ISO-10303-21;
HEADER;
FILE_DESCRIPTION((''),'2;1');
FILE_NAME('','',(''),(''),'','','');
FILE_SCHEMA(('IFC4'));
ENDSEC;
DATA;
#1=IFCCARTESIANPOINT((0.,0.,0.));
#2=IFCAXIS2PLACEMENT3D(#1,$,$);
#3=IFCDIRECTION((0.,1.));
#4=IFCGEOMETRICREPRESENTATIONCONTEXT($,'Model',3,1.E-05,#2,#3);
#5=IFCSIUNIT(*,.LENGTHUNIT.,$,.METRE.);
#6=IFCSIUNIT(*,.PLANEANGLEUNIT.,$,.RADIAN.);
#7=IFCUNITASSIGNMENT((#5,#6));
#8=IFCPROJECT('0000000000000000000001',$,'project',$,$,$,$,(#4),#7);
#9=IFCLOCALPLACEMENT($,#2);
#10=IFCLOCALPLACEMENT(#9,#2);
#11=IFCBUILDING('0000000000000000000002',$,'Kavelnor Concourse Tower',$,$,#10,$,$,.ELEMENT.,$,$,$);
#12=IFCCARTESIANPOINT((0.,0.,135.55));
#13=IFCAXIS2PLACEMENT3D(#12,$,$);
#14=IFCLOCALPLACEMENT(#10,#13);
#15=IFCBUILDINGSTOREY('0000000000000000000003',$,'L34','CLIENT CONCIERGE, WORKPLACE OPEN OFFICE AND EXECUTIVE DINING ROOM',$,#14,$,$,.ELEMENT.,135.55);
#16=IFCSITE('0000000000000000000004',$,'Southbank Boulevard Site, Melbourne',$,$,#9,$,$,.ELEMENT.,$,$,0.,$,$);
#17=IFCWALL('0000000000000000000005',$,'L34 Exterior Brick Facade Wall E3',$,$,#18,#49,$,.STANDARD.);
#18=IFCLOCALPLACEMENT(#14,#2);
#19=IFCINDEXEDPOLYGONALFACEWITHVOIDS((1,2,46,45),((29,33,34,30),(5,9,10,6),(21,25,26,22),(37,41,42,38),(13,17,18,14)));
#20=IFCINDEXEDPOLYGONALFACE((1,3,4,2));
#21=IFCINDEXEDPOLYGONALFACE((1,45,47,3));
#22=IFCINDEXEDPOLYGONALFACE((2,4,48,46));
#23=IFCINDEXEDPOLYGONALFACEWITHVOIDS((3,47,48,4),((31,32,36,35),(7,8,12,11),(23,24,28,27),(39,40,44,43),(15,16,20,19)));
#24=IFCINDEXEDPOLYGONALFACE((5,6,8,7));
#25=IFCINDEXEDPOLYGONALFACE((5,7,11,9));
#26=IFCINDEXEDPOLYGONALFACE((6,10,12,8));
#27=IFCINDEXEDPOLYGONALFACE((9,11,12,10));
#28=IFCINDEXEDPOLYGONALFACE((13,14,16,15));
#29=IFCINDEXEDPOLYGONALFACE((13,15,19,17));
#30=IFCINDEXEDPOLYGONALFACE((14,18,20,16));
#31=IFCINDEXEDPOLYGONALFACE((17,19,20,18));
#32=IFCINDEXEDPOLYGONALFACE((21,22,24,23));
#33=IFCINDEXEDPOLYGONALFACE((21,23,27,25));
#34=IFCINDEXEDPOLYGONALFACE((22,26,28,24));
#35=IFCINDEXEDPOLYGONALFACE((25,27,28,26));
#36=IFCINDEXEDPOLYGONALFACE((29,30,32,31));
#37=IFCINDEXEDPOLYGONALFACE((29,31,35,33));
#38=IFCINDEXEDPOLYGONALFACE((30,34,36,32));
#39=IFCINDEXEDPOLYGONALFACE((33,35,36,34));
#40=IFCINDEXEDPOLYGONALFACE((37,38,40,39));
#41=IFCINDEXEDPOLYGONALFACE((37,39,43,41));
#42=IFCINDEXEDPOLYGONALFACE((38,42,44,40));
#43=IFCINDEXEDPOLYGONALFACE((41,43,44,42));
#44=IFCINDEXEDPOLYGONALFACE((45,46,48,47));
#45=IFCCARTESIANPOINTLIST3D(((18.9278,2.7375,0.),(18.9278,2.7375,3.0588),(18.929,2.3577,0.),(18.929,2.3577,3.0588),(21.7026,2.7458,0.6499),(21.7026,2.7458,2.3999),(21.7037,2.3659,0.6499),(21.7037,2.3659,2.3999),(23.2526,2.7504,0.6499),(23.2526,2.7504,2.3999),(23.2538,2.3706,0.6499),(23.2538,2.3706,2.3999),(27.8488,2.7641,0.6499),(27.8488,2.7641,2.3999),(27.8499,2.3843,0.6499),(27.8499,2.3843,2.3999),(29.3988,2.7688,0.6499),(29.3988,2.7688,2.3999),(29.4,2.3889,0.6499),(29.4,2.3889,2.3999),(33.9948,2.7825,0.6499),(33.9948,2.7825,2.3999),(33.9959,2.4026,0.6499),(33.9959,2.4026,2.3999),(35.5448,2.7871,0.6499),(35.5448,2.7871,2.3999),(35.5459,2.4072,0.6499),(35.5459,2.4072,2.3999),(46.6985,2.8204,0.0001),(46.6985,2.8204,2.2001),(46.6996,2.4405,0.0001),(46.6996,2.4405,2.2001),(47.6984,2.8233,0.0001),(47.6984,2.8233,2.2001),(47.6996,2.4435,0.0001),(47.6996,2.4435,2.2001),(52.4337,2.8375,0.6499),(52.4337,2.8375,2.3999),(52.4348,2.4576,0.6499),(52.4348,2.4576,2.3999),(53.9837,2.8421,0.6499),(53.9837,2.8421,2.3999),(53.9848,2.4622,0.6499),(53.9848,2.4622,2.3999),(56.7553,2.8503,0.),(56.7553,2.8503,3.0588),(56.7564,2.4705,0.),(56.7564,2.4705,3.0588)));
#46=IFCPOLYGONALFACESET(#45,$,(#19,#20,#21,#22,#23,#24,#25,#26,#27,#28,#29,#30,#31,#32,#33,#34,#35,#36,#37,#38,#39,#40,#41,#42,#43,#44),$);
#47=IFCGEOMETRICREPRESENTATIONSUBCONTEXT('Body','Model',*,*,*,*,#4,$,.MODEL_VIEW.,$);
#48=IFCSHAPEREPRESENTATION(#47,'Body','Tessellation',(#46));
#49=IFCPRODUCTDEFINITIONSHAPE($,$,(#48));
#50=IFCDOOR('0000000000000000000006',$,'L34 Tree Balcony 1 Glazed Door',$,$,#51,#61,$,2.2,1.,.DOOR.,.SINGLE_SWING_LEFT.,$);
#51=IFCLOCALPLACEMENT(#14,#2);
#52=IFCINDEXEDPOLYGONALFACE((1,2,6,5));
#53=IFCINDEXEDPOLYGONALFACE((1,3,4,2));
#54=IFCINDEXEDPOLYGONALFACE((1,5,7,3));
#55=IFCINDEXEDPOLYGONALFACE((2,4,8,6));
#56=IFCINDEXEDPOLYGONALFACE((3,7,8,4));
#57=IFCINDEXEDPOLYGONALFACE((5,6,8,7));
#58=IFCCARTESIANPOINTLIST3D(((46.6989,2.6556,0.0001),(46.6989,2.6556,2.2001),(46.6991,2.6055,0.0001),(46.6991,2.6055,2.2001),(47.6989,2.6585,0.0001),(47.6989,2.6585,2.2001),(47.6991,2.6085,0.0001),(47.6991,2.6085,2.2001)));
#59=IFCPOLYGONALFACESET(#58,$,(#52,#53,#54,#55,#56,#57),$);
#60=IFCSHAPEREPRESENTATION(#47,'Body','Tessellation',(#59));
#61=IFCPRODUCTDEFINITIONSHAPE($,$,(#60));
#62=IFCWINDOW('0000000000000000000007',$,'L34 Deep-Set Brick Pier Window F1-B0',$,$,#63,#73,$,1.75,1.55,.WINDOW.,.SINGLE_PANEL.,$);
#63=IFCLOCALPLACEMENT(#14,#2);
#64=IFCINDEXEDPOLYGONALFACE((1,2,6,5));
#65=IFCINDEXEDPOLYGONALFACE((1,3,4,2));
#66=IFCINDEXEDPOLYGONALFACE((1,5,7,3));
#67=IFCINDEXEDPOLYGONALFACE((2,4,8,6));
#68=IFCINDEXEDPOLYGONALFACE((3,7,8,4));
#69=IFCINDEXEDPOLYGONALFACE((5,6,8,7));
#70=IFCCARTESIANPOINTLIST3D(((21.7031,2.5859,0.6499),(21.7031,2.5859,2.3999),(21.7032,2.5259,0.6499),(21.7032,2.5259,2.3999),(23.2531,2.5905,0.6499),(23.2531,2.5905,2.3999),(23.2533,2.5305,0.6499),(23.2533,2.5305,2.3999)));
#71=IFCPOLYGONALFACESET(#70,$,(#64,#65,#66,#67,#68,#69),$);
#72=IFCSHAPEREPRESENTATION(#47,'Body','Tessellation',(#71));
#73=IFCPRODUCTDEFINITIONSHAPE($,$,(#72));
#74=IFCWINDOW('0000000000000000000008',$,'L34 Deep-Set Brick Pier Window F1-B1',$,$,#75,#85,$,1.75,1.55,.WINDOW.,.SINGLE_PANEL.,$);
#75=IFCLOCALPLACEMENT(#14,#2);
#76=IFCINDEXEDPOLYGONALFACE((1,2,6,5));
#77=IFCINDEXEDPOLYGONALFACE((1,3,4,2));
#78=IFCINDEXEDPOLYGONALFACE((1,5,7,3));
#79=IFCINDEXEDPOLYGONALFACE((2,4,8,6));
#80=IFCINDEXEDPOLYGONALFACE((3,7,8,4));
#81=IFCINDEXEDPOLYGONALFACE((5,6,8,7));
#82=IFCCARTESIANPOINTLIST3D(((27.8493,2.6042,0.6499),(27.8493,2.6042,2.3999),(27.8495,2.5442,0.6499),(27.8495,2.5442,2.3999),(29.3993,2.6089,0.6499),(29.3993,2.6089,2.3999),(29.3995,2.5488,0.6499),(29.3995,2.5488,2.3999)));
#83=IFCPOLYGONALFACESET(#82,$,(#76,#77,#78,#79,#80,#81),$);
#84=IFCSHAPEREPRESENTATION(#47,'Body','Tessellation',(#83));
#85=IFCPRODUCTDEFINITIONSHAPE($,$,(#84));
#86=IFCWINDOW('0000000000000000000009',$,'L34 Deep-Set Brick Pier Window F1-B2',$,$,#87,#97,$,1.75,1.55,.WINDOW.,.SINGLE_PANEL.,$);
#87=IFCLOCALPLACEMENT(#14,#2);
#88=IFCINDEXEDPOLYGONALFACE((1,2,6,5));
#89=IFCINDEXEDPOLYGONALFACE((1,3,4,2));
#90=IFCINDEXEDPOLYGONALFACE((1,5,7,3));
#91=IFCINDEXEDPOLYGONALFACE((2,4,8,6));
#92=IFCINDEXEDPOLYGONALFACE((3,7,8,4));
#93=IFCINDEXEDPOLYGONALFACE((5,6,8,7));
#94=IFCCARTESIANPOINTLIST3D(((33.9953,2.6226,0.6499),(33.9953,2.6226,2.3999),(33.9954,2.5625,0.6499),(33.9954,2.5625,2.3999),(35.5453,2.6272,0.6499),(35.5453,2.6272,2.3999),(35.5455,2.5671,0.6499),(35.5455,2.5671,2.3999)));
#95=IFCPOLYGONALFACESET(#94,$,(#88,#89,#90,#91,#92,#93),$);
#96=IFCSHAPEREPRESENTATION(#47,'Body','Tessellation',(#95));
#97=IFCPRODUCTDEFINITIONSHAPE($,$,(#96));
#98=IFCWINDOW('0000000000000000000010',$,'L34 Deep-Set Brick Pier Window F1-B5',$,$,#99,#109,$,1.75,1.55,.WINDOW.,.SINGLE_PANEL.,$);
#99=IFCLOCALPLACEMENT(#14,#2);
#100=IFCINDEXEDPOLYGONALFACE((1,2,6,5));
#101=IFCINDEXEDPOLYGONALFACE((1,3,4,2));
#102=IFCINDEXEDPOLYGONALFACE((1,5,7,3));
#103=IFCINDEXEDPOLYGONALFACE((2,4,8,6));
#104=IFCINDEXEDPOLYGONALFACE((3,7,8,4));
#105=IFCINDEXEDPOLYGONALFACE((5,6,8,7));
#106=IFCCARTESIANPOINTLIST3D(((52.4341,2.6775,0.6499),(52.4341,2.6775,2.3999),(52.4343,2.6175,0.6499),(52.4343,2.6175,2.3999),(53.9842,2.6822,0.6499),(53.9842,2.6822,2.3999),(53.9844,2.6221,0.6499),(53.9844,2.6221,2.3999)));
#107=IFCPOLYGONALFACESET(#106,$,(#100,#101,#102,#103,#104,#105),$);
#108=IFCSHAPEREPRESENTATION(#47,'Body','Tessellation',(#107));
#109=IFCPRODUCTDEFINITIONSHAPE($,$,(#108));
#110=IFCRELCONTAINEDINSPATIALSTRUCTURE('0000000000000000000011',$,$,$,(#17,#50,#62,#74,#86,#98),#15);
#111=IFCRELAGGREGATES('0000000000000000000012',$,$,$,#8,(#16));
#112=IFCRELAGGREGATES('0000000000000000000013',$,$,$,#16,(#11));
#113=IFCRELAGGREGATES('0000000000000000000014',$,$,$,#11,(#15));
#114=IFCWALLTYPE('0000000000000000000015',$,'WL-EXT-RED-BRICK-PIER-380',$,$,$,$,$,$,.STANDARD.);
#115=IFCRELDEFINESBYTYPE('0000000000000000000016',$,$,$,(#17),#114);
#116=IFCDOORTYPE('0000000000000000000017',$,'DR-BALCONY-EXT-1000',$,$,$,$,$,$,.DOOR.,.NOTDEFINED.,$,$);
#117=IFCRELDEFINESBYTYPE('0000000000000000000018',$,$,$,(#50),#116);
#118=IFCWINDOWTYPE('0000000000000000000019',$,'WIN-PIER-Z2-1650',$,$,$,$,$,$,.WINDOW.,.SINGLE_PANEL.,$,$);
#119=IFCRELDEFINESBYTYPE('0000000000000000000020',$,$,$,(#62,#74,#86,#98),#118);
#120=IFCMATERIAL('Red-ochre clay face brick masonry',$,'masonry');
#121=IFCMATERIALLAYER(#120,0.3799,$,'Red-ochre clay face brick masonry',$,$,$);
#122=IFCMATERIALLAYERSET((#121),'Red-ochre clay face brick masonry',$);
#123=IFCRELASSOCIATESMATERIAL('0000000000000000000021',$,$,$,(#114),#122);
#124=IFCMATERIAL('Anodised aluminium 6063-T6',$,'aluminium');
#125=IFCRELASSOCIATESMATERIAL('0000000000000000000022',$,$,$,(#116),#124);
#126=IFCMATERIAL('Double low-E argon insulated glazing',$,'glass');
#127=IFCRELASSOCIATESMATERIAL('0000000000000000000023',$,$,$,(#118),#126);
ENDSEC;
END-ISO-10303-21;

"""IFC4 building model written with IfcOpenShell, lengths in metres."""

from ifc_helpers import new_model, si_unit, direction, frame, frame_2d, origin, place, context, subcontext, project, spatial, rectangle, extrude, material, layer, layer_set, type_object, element, fill, save


model = new_model("IFC4")

# Units and contexts
model_context = context("Model", 3, precision=1e-05, world=origin(), true_north=direction((0.0, 1.0)))
body_context = subcontext(model_context, "Body", "Model", "MODEL_VIEW")
ifc_project = project(units=[si_unit("LENGTHUNIT", "METRE"), si_unit("PLANEANGLEUNIT", "RADIAN")], contexts=[model_context])

# Site, building, storey
site_placement = place(None, origin())
site = spatial("IfcSite", under=ifc_project, at=site_placement, Name="Southbank Boulevard Site, Melbourne", CompositionType="ELEMENT", RefElevation=0.0)
building_placement = place(site_placement, origin())
building = spatial("IfcBuilding", under=site, at=building_placement, Name="Kavelnor Concourse Tower", CompositionType="ELEMENT")
storey_placement = place(building_placement, frame((0.0, 0.0, 135.55)))
storey = spatial("IfcBuildingStorey", under=building, at=storey_placement, Name="L34", Description="CLIENT CONCIERGE, WORKPLACE OPEN OFFICE AND EXECUTIVE DINING ROOM", CompositionType="ELEMENT", Elevation=135.55)

# Shared definitions
ifc_material_1 = material(Name="Double low-E argon insulated glazing", Category="glass")

# Wall, openings, door, windows
ifc_material_2 = material(Name="Red-ochre clay face brick masonry", Category="masonry")
ifc_layer_1 = layer(ifc_material_2, 0.3799, Name="Red-ochre clay face brick masonry")
ifc_layer_set_1 = layer_set([ifc_layer_1], Name="Red-ochre clay face brick masonry")
wall_type_1 = type_object("IfcWallType", Name="WL-EXT-RED-BRICK-PIER-380", PredefinedType="STANDARD", material=ifc_layer_set_1)
wall_1_placement = place(storey_placement, frame((56.7559, 2.6604, 0.0), z_axis=(0.0, 0.0, 1.0), x_axis=(-0.999996, -0.002982, 0.0)))
wall_1 = element("IfcWall", 1, at=wall_1_placement, inside=storey, type_object=wall_type_1, Name="L34 Exterior Brick Facade Wall E3", PredefinedType="STANDARD", context=body_context, shape_type="SweptSolid", body=[
    extrude(rectangle(XDim=37.8276, YDim=0.3799, at=frame_2d((18.9138, 0.0))), origin(), (0.0, 0.0, 1.0), 3.0588),
])
opening_1_placement = place(wall_1_placement, frame((9.0569, 0.0, 0.0)))
opening_1 = element("IfcOpeningElement", 2, at=opening_1_placement, cuts=wall_1, PredefinedType="OPENING", context=body_context, shape_type="SweptSolid", body=[
    extrude(rectangle(XDim=1.0, YDim=2.2, at=frame_2d((0.5, 1.1001))), frame((0.0, 0.2, 0.0), z_axis=(0.0, -1.0, 0.0), x_axis=(1.0, 0.0, 0.0)), (0.0, 0.0, 1.0), 0.3999),
])
opening_2_placement = place(wall_1_placement, frame((33.5029, 0.0, 0.6499)))
opening_2 = element("IfcOpeningElement", 3, at=opening_2_placement, cuts=wall_1, PredefinedType="OPENING", context=body_context, shape_type="SweptSolid", body=[
    extrude(rectangle(XDim=1.55, YDim=1.75, at=frame_2d((0.7749, 0.875))), frame((0.0, 0.2, 0.0), z_axis=(0.0, -1.0, 0.0), x_axis=(1.0, 0.0, 0.0)), (0.0, 0.0, 1.0), 0.3999),
])
opening_3_placement = place(wall_1_placement, frame((27.3567, 0.0, 0.6499)))
opening_3 = element("IfcOpeningElement", 4, at=opening_3_placement, cuts=wall_1, PredefinedType="OPENING", context=body_context, shape_type="SweptSolid", body=[
    extrude(rectangle(XDim=1.55, YDim=1.75, at=frame_2d((0.7749, 0.875))), frame((0.0, 0.2, 0.0), z_axis=(0.0, -1.0, 0.0), x_axis=(1.0, 0.0, 0.0)), (0.0, 0.0, 1.0), 0.3999),
])
opening_4_placement = place(wall_1_placement, frame((21.2107, 0.0, 0.6499)))
opening_4 = element("IfcOpeningElement", 5, at=opening_4_placement, cuts=wall_1, PredefinedType="OPENING", context=body_context, shape_type="SweptSolid", body=[
    extrude(rectangle(XDim=1.55, YDim=1.75, at=frame_2d((0.7749, 0.875))), frame((0.0, 0.2, 0.0), z_axis=(0.0, -1.0, 0.0), x_axis=(1.0, 0.0, 0.0)), (0.0, 0.0, 1.0), 0.3999),
])
opening_5_placement = place(wall_1_placement, frame((2.7717, 0.0, 0.6499)))
opening_5 = element("IfcOpeningElement", 6, at=opening_5_placement, cuts=wall_1, PredefinedType="OPENING", context=body_context, shape_type="SweptSolid", body=[
    extrude(rectangle(XDim=1.55, YDim=1.75, at=frame_2d((0.7749, 0.875))), frame((0.0, 0.2, 0.0), z_axis=(0.0, -1.0, 0.0), x_axis=(1.0, 0.0, 0.0)), (0.0, 0.0, 1.0), 0.3999),
])
ifc_material_3 = material(Name="Anodised aluminium 6063-T6", Category="aluminium")
door_type = type_object("IfcDoorType", Name="DR-BALCONY-EXT-1000", OperationType="NOTDEFINED", PredefinedType="DOOR", material=ifc_material_3)
door_placement = place(opening_1_placement, origin())
door = element("IfcDoor", 7, at=door_placement, inside=storey, type_object=door_type, Name="L34 Tree Balcony 1 Glazed Door", OperationType="SINGLE_SWING_LEFT", OverallHeight=2.2, OverallWidth=1.0, PredefinedType="DOOR", context=body_context, shape_type="SweptSolid", body=[
    extrude(rectangle(XDim=1.0, YDim=2.2, at=frame_2d((0.5, 1.1001))), frame((0.0, 0.0249, 0.0), z_axis=(0.0, -1.0, 0.0), x_axis=(1.0, 0.0, 0.0)), (0.0, 0.0, 1.0), 0.05),
])
fill(opening_1, door)
window_type_1 = type_object("IfcWindowType", Name="WIN-PIER-Z2-1650", PartitioningType="SINGLE_PANEL", PredefinedType="WINDOW", material=ifc_material_1)
window_1_placement = place(opening_2_placement, origin())
window_1 = element("IfcWindow", 8, at=window_1_placement, inside=storey, type_object=window_type_1, Name="L34 Deep-Set Brick Pier Window F1-B0", OverallHeight=1.75, OverallWidth=1.55, PartitioningType="SINGLE_PANEL", PredefinedType="WINDOW", context=body_context, shape_type="SweptSolid", body=[
    extrude(rectangle(XDim=1.55, YDim=1.75, at=frame_2d((0.7749, 0.875))), frame((0.0, 0.03, 0.0), z_axis=(0.0, -1.0, 0.0), x_axis=(1.0, 0.0, 0.0)), (0.0, 0.0, 1.0), 0.0601),
])
fill(opening_2, window_1)
window_2_placement = place(opening_3_placement, origin())
window_2 = element("IfcWindow", 9, at=window_2_placement, inside=storey, type_object=window_type_1, Name="L34 Deep-Set Brick Pier Window F1-B1", OverallHeight=1.75, OverallWidth=1.55, PartitioningType="SINGLE_PANEL", PredefinedType="WINDOW", context=body_context, shape_type="SweptSolid", body=[
    extrude(rectangle(XDim=1.55, YDim=1.75, at=frame_2d((0.7749, 0.875))), frame((0.0, 0.03, 0.0), z_axis=(0.0, -1.0, 0.0), x_axis=(1.0, 0.0, 0.0)), (0.0, 0.0, 1.0), 0.0601),
])
fill(opening_3, window_2)
window_3_placement = place(opening_4_placement, origin())
window_3 = element("IfcWindow", 10, at=window_3_placement, inside=storey, type_object=window_type_1, Name="L34 Deep-Set Brick Pier Window F1-B2", OverallHeight=1.75, OverallWidth=1.55, PartitioningType="SINGLE_PANEL", PredefinedType="WINDOW", context=body_context, shape_type="SweptSolid", body=[
    extrude(rectangle(XDim=1.55, YDim=1.75, at=frame_2d((0.7749, 0.875))), frame((0.0, 0.03, 0.0), z_axis=(0.0, -1.0, 0.0), x_axis=(1.0, 0.0, 0.0)), (0.0, 0.0, 1.0), 0.0601),
])
fill(opening_4, window_3)
window_4_placement = place(opening_5_placement, origin())
window_4 = element("IfcWindow", 11, at=window_4_placement, inside=storey, type_object=window_type_1, Name="L34 Deep-Set Brick Pier Window F1-B5", OverallHeight=1.75, OverallWidth=1.55, PartitioningType="SINGLE_PANEL", PredefinedType="WINDOW", context=body_context, shape_type="SweptSolid", body=[
    extrude(rectangle(XDim=1.55, YDim=1.75, at=frame_2d((0.7749, 0.875))), frame((0.0, 0.03, 0.0), z_axis=(0.0, -1.0, 0.0), x_axis=(1.0, 0.0, 0.0)), (0.0, 0.0, 1.0), 0.0601),
])
fill(opening_5, window_4)

save(model, "model.ifc")
